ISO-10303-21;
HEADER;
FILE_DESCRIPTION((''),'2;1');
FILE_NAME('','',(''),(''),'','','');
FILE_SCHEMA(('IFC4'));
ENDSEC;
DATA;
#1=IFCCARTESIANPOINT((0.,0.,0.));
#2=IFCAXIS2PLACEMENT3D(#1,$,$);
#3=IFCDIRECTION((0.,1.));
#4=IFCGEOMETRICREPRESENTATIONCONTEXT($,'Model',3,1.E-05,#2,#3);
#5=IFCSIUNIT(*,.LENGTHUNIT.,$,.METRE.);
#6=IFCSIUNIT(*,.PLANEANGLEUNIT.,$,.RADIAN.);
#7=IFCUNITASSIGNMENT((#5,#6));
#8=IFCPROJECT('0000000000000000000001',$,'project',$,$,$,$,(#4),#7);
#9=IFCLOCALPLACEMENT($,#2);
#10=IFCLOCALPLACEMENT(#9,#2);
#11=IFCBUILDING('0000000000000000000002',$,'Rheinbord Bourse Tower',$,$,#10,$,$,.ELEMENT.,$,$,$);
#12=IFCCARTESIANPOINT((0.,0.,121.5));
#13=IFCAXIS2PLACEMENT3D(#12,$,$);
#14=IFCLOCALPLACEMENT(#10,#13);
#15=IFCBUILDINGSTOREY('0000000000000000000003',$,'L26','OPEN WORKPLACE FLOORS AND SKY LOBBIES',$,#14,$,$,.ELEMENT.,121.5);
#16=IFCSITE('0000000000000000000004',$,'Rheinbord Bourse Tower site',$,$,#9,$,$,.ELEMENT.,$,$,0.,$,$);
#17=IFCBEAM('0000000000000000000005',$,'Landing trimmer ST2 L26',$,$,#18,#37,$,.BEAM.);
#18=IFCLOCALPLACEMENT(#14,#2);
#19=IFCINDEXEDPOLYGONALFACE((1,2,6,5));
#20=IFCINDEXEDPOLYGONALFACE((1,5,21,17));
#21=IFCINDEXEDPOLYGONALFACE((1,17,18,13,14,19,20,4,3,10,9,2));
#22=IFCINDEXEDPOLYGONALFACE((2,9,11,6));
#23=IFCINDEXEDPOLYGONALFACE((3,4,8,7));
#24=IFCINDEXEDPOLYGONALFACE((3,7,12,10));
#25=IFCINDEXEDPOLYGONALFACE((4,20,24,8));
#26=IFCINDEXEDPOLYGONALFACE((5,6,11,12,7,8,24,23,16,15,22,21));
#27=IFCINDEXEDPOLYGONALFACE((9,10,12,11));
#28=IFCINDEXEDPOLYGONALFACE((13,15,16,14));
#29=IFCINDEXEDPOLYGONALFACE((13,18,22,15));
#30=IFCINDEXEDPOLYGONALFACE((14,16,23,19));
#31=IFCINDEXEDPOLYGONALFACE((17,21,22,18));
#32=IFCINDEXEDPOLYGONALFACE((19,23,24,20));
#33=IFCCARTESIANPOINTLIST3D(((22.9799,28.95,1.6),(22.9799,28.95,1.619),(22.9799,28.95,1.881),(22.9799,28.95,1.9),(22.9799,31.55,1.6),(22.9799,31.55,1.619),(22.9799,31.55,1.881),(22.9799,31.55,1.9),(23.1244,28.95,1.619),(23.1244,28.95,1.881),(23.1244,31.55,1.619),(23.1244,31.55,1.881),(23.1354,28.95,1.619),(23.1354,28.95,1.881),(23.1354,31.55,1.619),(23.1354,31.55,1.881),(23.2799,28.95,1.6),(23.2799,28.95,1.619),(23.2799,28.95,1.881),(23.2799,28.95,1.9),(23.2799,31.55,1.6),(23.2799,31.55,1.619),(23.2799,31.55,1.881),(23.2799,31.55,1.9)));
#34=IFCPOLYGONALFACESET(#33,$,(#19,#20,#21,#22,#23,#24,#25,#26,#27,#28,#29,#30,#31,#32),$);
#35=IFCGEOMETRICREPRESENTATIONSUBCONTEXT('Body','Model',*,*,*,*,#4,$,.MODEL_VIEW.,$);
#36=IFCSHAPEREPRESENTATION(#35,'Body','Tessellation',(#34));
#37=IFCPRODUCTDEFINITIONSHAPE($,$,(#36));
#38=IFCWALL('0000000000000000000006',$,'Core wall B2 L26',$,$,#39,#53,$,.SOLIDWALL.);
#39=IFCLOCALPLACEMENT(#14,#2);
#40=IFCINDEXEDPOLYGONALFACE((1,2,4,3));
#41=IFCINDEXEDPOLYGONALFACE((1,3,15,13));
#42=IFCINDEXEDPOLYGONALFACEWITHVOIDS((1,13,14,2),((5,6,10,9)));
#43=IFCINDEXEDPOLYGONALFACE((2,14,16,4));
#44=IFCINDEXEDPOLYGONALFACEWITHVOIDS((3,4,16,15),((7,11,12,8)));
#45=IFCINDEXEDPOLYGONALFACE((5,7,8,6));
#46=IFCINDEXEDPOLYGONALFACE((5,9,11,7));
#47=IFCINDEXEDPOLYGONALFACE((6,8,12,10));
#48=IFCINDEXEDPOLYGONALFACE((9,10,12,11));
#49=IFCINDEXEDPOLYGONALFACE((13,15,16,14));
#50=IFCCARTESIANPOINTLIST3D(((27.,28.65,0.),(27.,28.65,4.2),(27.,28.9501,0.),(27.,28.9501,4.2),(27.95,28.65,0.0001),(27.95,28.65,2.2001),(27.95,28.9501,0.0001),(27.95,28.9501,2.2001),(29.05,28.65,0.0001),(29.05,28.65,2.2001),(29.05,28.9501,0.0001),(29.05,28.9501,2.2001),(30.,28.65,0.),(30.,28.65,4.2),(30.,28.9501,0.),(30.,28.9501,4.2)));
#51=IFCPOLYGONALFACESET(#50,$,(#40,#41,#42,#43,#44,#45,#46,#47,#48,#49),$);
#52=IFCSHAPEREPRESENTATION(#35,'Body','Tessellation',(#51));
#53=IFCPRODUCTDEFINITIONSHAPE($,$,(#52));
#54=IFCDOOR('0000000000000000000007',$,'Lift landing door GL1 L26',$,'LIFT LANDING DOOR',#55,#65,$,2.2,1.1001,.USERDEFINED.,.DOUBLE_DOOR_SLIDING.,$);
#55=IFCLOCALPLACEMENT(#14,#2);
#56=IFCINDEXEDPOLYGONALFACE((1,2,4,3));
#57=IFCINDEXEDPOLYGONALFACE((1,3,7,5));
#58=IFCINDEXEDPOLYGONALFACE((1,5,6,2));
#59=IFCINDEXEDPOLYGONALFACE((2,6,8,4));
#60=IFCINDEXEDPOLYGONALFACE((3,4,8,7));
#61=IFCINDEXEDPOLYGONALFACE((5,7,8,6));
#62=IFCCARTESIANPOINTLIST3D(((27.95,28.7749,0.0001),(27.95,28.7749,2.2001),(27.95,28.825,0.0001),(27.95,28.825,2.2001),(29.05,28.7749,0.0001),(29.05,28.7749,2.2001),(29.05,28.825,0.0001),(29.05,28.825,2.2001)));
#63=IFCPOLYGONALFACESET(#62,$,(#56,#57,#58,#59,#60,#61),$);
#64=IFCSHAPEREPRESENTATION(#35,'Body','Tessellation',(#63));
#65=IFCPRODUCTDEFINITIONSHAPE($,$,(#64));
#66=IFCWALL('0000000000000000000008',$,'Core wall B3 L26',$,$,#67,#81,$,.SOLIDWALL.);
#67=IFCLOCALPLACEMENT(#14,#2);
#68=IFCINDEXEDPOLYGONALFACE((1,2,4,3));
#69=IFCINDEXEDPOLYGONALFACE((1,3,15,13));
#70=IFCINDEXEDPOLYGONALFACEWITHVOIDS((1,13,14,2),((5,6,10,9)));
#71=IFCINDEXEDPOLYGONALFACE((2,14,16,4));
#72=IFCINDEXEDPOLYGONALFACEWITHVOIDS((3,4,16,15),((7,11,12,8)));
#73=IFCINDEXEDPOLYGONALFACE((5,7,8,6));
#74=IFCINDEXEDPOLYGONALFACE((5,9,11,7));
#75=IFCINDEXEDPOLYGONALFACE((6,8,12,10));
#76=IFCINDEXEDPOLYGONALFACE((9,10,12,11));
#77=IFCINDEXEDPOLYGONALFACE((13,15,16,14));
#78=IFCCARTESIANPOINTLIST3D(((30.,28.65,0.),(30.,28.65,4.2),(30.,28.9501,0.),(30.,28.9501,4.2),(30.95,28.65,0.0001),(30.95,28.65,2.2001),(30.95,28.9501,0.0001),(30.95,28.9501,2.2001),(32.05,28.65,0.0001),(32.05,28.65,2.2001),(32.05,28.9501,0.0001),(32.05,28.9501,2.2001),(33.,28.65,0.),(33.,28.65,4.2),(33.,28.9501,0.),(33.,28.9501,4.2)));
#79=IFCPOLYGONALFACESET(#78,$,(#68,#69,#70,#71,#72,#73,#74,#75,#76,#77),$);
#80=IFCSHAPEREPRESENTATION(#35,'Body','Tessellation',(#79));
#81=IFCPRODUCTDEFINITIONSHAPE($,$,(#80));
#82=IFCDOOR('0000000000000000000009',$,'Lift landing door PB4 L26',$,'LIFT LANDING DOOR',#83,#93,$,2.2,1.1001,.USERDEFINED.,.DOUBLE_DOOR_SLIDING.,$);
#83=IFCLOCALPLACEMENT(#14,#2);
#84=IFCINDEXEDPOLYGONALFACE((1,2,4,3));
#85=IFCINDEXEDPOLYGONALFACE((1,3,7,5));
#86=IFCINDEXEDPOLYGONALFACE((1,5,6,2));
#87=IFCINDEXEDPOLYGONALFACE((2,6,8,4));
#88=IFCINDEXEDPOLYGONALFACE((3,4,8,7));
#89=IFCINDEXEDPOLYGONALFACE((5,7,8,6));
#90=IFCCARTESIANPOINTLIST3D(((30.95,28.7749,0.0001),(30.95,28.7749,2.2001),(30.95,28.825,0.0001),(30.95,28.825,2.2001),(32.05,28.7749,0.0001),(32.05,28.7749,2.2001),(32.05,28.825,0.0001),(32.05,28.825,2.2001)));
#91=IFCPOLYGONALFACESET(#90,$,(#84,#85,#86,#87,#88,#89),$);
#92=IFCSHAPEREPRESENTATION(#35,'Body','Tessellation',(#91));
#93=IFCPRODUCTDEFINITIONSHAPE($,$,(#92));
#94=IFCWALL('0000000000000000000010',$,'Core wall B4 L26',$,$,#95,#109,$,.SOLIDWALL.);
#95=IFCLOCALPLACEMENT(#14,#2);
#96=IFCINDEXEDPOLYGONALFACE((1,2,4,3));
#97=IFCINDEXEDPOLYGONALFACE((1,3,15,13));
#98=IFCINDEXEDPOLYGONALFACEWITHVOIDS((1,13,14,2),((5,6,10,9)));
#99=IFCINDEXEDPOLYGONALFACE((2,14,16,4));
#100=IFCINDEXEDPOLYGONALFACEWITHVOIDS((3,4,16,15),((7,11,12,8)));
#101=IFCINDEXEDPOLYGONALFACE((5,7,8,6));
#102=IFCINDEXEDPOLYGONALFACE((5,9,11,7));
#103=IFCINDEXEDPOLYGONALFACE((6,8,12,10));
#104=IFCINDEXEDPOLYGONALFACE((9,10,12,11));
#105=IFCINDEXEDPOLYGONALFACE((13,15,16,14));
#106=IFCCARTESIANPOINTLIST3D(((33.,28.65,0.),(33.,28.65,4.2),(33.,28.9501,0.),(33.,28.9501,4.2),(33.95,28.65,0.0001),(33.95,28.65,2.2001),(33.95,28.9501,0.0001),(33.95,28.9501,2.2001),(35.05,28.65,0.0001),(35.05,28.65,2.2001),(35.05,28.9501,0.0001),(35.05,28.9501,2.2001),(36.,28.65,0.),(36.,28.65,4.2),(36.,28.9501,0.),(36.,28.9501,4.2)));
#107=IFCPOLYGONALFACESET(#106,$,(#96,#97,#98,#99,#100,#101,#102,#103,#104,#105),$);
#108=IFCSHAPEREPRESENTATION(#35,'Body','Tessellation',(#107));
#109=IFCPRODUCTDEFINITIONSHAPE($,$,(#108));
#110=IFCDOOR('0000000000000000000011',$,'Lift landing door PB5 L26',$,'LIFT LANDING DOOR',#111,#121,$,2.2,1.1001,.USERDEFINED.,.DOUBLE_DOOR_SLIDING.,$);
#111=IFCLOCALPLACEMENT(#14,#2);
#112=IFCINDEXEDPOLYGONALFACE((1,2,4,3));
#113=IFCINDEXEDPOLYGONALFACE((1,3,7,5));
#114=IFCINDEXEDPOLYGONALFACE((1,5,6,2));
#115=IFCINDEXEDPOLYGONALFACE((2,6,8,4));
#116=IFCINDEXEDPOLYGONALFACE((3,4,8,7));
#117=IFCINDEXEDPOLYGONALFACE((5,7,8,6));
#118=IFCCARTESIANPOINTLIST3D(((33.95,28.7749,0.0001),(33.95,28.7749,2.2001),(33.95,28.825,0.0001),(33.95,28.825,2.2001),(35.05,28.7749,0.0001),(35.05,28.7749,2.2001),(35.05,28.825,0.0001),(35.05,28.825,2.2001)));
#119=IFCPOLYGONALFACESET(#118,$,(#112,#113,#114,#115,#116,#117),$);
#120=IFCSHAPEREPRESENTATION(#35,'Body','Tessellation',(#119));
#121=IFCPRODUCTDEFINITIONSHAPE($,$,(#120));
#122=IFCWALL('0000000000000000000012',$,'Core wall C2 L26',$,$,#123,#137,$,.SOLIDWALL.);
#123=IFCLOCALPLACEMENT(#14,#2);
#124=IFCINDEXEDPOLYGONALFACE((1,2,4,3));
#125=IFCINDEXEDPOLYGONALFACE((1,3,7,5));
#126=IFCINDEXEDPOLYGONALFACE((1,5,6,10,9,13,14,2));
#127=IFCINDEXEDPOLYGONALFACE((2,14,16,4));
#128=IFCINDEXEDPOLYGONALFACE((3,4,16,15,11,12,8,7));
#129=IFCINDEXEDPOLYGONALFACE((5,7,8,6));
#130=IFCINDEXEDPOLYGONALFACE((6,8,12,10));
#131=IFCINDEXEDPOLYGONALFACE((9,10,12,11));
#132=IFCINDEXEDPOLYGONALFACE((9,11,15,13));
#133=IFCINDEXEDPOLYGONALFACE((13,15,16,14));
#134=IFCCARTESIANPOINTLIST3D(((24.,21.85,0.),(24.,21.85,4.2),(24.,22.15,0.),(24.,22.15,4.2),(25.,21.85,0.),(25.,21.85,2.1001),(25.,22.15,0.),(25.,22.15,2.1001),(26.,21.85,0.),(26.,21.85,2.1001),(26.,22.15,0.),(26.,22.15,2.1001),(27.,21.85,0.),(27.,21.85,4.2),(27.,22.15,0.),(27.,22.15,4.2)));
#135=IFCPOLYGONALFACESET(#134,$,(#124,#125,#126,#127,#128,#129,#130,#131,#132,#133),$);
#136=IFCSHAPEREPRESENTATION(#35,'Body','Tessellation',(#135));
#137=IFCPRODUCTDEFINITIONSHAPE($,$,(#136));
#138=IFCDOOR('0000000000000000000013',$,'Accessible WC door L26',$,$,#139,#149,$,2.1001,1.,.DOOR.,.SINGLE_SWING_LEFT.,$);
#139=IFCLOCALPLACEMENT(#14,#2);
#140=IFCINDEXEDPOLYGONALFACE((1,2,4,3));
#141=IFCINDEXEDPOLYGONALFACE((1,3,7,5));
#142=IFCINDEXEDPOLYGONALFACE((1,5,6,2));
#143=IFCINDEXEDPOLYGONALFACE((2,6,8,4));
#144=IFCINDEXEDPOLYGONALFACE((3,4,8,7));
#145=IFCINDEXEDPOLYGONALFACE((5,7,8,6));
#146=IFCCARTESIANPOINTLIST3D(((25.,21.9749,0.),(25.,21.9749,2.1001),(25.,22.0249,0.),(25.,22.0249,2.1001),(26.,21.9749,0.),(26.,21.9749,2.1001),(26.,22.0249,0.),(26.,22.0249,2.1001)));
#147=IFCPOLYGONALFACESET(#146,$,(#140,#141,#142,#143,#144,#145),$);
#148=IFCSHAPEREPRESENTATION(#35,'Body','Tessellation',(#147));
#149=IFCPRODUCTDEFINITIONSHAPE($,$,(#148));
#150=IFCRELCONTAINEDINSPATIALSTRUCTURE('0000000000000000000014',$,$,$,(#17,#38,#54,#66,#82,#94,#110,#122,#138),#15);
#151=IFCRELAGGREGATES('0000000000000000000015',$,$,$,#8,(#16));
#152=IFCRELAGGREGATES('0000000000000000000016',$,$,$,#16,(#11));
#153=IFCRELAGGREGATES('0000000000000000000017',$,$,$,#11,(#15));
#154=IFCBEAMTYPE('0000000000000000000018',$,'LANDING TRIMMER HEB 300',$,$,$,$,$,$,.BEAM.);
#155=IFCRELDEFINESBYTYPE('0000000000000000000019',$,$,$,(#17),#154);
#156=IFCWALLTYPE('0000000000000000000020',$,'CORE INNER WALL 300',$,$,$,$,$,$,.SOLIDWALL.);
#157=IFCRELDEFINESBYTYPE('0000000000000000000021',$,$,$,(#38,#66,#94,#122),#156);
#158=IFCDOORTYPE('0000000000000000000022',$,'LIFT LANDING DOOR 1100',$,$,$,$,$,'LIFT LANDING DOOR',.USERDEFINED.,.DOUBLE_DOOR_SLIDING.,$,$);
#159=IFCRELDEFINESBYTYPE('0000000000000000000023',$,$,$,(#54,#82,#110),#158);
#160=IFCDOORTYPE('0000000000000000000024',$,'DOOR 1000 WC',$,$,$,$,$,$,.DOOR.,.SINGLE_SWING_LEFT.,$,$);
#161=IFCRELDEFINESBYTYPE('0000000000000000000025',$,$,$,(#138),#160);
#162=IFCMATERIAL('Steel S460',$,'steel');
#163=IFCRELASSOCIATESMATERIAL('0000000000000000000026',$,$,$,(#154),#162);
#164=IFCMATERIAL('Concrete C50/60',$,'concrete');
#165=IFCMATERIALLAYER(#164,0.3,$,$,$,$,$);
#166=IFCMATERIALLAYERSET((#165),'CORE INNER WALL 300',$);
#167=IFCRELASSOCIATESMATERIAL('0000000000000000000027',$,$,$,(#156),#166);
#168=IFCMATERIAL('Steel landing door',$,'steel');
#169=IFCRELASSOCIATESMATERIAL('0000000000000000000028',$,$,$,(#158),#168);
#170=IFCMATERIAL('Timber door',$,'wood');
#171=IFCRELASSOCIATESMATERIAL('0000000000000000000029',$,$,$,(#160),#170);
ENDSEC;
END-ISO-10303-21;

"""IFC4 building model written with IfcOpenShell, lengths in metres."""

from ifc_helpers import new_model, si_unit, direction, frame, frame_2d, origin, origin_2d, place, context, subcontext, project, spatial, rectangle, i_section, extrude, material, layer, layer_set, material_profile, profile_set, type_object, element, fill, save


model = new_model("IFC4")

# Units and contexts
model_context = context("Model", 3, precision=1e-05, world=origin(), true_north=direction((0.0, 1.0)))
body_context = subcontext(model_context, "Body", "Model", "MODEL_VIEW")
ifc_project = project(units=[si_unit("LENGTHUNIT", "METRE"), si_unit("PLANEANGLEUNIT", "RADIAN")], contexts=[model_context])

# Site, building, storey
site_placement = place(None, origin())
site = spatial("IfcSite", under=ifc_project, at=site_placement, Name="Rheinbord Bourse Tower site", CompositionType="ELEMENT", RefElevation=0.0)
building_placement = place(site_placement, origin())
building = spatial("IfcBuilding", under=site, at=building_placement, Name="Rheinbord Bourse Tower", CompositionType="ELEMENT")
storey_placement = place(building_placement, frame((0.0, 0.0, 121.5)))
storey = spatial("IfcBuildingStorey", under=building, at=storey_placement, Name="L26", Description="OPEN WORKPLACE FLOORS AND SKY LOBBIES", CompositionType="ELEMENT", Elevation=121.5)

# Beam
ifc_material_1 = material(Name="Steel S460", Category="steel")
ifc_material_profile = material_profile(ifc_material_1, i_section(OverallWidth=0.3, OverallDepth=0.3, WebThickness=0.011, FlangeThickness=0.019, at=origin_2d()), Name="HEB 300")
ifc_profile_set = profile_set([ifc_material_profile], Name="Steel S460")
beam_type = type_object("IfcBeamType", Name="LANDING TRIMMER HEB 300", PredefinedType="BEAM", material=ifc_profile_set)
beam_placement = place(storey_placement, frame((23.1299, 28.95, 1.75), z_axis=(0.0, 1.0, 0.0), x_axis=(-1.0, 0.0, 0.0)))
element("IfcBeam", 1, at=beam_placement, inside=storey, type_object=beam_type, Name="Landing trimmer ST2 L26", PredefinedType="BEAM", context=body_context, shape_type="SweptSolid", body=[
    extrude(i_section(OverallWidth=0.3, OverallDepth=0.3, WebThickness=0.011, FlangeThickness=0.019, at=origin_2d()), origin(), (0.0, 0.0, 1.0), 2.6001),
])

# Walls, openings, doors
ifc_material_2 = material(Name="Concrete C50/60", Category="concrete")
ifc_layer_1 = layer(ifc_material_2, 0.3)
ifc_layer_set_1 = layer_set([ifc_layer_1], Name="CORE INNER WALL 300")
wall_type_1 = type_object("IfcWallType", Name="CORE INNER WALL 300", PredefinedType="SOLIDWALL", material=ifc_layer_set_1)
wall_1_placement = place(storey_placement, frame((27.0, 28.8, 0.0), z_axis=(0.0, 0.0, 1.0), x_axis=(1.0, 0.0, 0.0)))
wall_1 = element("IfcWall", 2, at=wall_1_placement, inside=storey, type_object=wall_type_1, Name="Core wall B2 L26", PredefinedType="SOLIDWALL", context=body_context, shape_type="SweptSolid", body=[
    extrude(rectangle(XDim=3.0, YDim=0.3, at=frame_2d((1.5, 0.0))), origin(), (0.0, 0.0, 1.0), 4.2),
])
opening_1_placement = place(wall_1_placement, frame((0.95, 0.0, 0.0)))
opening_1 = element("IfcOpeningElement", 3, at=opening_1_placement, cuts=wall_1, PredefinedType="OPENING", context=body_context, shape_type="SweptSolid", body=[
    extrude(rectangle(XDim=1.1001, YDim=2.2, at=frame_2d((0.55, 1.1001))), frame((0.0, 0.1599, 0.0), z_axis=(0.0, -1.0, 0.0), x_axis=(1.0, 0.0, 0.0)), (0.0, 0.0, 1.0), 0.3201),
])
ifc_material_3 = material(Name="Steel landing door", Category="steel")
door_type_1 = type_object("IfcDoorType", Name="LIFT LANDING DOOR 1100", ElementType="LIFT LANDING DOOR", OperationType="DOUBLE_DOOR_SLIDING", PredefinedType="USERDEFINED", material=ifc_material_3)
door_1_placement = place(opening_1_placement, origin())
door_1 = element("IfcDoor", 4, at=door_1_placement, inside=storey, type_object=door_type_1, Name="Lift landing door GL1 L26", ObjectType="LIFT LANDING DOOR", OperationType="DOUBLE_DOOR_SLIDING", OverallHeight=2.2, OverallWidth=1.1001, PredefinedType="USERDEFINED", context=body_context, shape_type="SweptSolid", body=[
    extrude(rectangle(XDim=1.1001, YDim=2.2, at=frame_2d((0.55, 1.1001))), frame((0.0, 0.0249, 0.0), z_axis=(0.0, -1.0, 0.0), x_axis=(1.0, 0.0, 0.0)), (0.0, 0.0, 1.0), 0.05),
])
fill(opening_1, door_1)
wall_2_placement = place(storey_placement, frame((30.0, 28.8, 0.0), z_axis=(0.0, 0.0, 1.0), x_axis=(1.0, 0.0, 0.0)))
wall_2 = element("IfcWall", 5, at=wall_2_placement, inside=storey, type_object=wall_type_1, Name="Core wall B3 L26", PredefinedType="SOLIDWALL", context=body_context, shape_type="SweptSolid", body=[
    extrude(rectangle(XDim=3.0, YDim=0.3, at=frame_2d((1.5, 0.0))), origin(), (0.0, 0.0, 1.0), 4.2),
])
opening_2_placement = place(wall_2_placement, frame((0.95, 0.0, 0.0)))
opening_2 = element("IfcOpeningElement", 6, at=opening_2_placement, cuts=wall_2, PredefinedType="OPENING", context=body_context, shape_type="SweptSolid", body=[
    extrude(rectangle(XDim=1.1001, YDim=2.2, at=frame_2d((0.55, 1.1001))), frame((0.0, 0.1599, 0.0), z_axis=(0.0, -1.0, 0.0), x_axis=(1.0, 0.0, 0.0)), (0.0, 0.0, 1.0), 0.3201),
])
door_2_placement = place(opening_2_placement, origin())
door_2 = element("IfcDoor", 7, at=door_2_placement, inside=storey, type_object=door_type_1, Name="Lift landing door PB4 L26", ObjectType="LIFT LANDING DOOR", OperationType="DOUBLE_DOOR_SLIDING", OverallHeight=2.2, OverallWidth=1.1001, PredefinedType="USERDEFINED", context=body_context, shape_type="SweptSolid", body=[
    extrude(rectangle(XDim=1.1001, YDim=2.2, at=frame_2d((0.55, 1.1001))), frame((0.0, 0.0249, 0.0), z_axis=(0.0, -1.0, 0.0), x_axis=(1.0, 0.0, 0.0)), (0.0, 0.0, 1.0), 0.05),
])
fill(opening_2, door_2)
wall_3_placement = place(storey_placement, frame((33.0, 28.8, 0.0), z_axis=(0.0, 0.0, 1.0), x_axis=(1.0, 0.0, 0.0)))
wall_3 = element("IfcWall", 8, at=wall_3_placement, inside=storey, type_object=wall_type_1, Name="Core wall B4 L26", PredefinedType="SOLIDWALL", context=body_context, shape_type="SweptSolid", body=[
    extrude(rectangle(XDim=3.0, YDim=0.3, at=frame_2d((1.5, 0.0))), origin(), (0.0, 0.0, 1.0), 4.2),
])
opening_3_placement = place(wall_3_placement, frame((0.95, 0.0, 0.0)))
opening_3 = element("IfcOpeningElement", 9, at=opening_3_placement, cuts=wall_3, PredefinedType="OPENING", context=body_context, shape_type="SweptSolid", body=[
    extrude(rectangle(XDim=1.1001, YDim=2.2, at=frame_2d((0.55, 1.1001))), frame((0.0, 0.1599, 0.0), z_axis=(0.0, -1.0, 0.0), x_axis=(1.0, 0.0, 0.0)), (0.0, 0.0, 1.0), 0.3201),
])
door_3_placement = place(opening_3_placement, origin())
door_3 = element("IfcDoor", 10, at=door_3_placement, inside=storey, type_object=door_type_1, Name="Lift landing door PB5 L26", ObjectType="LIFT LANDING DOOR", OperationType="DOUBLE_DOOR_SLIDING", OverallHeight=2.2, OverallWidth=1.1001, PredefinedType="USERDEFINED", context=body_context, shape_type="SweptSolid", body=[
    extrude(rectangle(XDim=1.1001, YDim=2.2, at=frame_2d((0.55, 1.1001))), frame((0.0, 0.0249, 0.0), z_axis=(0.0, -1.0, 0.0), x_axis=(1.0, 0.0, 0.0)), (0.0, 0.0, 1.0), 0.05),
])
fill(opening_3, door_3)
wall_4_placement = place(storey_placement, frame((24.0, 22.0, 0.0), z_axis=(0.0, 0.0, 1.0), x_axis=(1.0, 0.0, 0.0)))
wall_4 = element("IfcWall", 11, at=wall_4_placement, inside=storey, type_object=wall_type_1, Name="Core wall C2 L26", PredefinedType="SOLIDWALL", context=body_context, shape_type="SweptSolid", body=[
    extrude(rectangle(XDim=3.0, YDim=0.3, at=frame_2d((1.5, 0.0))), origin(), (0.0, 0.0, 1.0), 4.2),
])
opening_4_placement = place(wall_4_placement, frame((1.0, 0.0, 0.0)))
opening_4 = element("IfcOpeningElement", 12, at=opening_4_placement, cuts=wall_4, PredefinedType="OPENING", context=body_context, shape_type="SweptSolid", body=[
    extrude(rectangle(XDim=1.0, YDim=2.1001, at=frame_2d((0.5, 1.05))), frame((0.0, 0.1599, 0.0), z_axis=(0.0, -1.0, 0.0), x_axis=(1.0, 0.0, 0.0)), (0.0, 0.0, 1.0), 0.3201),
])
ifc_material_4 = material(Name="Timber door", Category="wood")
door_type_2 = type_object("IfcDoorType", Name="DOOR 1000 WC", OperationType="SINGLE_SWING_LEFT", PredefinedType="DOOR", material=ifc_material_4)
door_4_placement = place(opening_4_placement, origin())
door_4 = element("IfcDoor", 13, at=door_4_placement, inside=storey, type_object=door_type_2, Name="Accessible WC door L26", OperationType="SINGLE_SWING_LEFT", OverallHeight=2.1001, OverallWidth=1.0, PredefinedType="DOOR", context=body_context, shape_type="SweptSolid", body=[
    extrude(rectangle(XDim=1.0, YDim=2.1001, at=frame_2d((0.5, 1.05))), frame((0.0, 0.0249, 0.0), z_axis=(0.0, -1.0, 0.0), x_axis=(1.0, 0.0, 0.0)), (0.0, 0.0, 1.0), 0.05),
])
fill(opening_4, door_4)

save(model, "model.ifc")
